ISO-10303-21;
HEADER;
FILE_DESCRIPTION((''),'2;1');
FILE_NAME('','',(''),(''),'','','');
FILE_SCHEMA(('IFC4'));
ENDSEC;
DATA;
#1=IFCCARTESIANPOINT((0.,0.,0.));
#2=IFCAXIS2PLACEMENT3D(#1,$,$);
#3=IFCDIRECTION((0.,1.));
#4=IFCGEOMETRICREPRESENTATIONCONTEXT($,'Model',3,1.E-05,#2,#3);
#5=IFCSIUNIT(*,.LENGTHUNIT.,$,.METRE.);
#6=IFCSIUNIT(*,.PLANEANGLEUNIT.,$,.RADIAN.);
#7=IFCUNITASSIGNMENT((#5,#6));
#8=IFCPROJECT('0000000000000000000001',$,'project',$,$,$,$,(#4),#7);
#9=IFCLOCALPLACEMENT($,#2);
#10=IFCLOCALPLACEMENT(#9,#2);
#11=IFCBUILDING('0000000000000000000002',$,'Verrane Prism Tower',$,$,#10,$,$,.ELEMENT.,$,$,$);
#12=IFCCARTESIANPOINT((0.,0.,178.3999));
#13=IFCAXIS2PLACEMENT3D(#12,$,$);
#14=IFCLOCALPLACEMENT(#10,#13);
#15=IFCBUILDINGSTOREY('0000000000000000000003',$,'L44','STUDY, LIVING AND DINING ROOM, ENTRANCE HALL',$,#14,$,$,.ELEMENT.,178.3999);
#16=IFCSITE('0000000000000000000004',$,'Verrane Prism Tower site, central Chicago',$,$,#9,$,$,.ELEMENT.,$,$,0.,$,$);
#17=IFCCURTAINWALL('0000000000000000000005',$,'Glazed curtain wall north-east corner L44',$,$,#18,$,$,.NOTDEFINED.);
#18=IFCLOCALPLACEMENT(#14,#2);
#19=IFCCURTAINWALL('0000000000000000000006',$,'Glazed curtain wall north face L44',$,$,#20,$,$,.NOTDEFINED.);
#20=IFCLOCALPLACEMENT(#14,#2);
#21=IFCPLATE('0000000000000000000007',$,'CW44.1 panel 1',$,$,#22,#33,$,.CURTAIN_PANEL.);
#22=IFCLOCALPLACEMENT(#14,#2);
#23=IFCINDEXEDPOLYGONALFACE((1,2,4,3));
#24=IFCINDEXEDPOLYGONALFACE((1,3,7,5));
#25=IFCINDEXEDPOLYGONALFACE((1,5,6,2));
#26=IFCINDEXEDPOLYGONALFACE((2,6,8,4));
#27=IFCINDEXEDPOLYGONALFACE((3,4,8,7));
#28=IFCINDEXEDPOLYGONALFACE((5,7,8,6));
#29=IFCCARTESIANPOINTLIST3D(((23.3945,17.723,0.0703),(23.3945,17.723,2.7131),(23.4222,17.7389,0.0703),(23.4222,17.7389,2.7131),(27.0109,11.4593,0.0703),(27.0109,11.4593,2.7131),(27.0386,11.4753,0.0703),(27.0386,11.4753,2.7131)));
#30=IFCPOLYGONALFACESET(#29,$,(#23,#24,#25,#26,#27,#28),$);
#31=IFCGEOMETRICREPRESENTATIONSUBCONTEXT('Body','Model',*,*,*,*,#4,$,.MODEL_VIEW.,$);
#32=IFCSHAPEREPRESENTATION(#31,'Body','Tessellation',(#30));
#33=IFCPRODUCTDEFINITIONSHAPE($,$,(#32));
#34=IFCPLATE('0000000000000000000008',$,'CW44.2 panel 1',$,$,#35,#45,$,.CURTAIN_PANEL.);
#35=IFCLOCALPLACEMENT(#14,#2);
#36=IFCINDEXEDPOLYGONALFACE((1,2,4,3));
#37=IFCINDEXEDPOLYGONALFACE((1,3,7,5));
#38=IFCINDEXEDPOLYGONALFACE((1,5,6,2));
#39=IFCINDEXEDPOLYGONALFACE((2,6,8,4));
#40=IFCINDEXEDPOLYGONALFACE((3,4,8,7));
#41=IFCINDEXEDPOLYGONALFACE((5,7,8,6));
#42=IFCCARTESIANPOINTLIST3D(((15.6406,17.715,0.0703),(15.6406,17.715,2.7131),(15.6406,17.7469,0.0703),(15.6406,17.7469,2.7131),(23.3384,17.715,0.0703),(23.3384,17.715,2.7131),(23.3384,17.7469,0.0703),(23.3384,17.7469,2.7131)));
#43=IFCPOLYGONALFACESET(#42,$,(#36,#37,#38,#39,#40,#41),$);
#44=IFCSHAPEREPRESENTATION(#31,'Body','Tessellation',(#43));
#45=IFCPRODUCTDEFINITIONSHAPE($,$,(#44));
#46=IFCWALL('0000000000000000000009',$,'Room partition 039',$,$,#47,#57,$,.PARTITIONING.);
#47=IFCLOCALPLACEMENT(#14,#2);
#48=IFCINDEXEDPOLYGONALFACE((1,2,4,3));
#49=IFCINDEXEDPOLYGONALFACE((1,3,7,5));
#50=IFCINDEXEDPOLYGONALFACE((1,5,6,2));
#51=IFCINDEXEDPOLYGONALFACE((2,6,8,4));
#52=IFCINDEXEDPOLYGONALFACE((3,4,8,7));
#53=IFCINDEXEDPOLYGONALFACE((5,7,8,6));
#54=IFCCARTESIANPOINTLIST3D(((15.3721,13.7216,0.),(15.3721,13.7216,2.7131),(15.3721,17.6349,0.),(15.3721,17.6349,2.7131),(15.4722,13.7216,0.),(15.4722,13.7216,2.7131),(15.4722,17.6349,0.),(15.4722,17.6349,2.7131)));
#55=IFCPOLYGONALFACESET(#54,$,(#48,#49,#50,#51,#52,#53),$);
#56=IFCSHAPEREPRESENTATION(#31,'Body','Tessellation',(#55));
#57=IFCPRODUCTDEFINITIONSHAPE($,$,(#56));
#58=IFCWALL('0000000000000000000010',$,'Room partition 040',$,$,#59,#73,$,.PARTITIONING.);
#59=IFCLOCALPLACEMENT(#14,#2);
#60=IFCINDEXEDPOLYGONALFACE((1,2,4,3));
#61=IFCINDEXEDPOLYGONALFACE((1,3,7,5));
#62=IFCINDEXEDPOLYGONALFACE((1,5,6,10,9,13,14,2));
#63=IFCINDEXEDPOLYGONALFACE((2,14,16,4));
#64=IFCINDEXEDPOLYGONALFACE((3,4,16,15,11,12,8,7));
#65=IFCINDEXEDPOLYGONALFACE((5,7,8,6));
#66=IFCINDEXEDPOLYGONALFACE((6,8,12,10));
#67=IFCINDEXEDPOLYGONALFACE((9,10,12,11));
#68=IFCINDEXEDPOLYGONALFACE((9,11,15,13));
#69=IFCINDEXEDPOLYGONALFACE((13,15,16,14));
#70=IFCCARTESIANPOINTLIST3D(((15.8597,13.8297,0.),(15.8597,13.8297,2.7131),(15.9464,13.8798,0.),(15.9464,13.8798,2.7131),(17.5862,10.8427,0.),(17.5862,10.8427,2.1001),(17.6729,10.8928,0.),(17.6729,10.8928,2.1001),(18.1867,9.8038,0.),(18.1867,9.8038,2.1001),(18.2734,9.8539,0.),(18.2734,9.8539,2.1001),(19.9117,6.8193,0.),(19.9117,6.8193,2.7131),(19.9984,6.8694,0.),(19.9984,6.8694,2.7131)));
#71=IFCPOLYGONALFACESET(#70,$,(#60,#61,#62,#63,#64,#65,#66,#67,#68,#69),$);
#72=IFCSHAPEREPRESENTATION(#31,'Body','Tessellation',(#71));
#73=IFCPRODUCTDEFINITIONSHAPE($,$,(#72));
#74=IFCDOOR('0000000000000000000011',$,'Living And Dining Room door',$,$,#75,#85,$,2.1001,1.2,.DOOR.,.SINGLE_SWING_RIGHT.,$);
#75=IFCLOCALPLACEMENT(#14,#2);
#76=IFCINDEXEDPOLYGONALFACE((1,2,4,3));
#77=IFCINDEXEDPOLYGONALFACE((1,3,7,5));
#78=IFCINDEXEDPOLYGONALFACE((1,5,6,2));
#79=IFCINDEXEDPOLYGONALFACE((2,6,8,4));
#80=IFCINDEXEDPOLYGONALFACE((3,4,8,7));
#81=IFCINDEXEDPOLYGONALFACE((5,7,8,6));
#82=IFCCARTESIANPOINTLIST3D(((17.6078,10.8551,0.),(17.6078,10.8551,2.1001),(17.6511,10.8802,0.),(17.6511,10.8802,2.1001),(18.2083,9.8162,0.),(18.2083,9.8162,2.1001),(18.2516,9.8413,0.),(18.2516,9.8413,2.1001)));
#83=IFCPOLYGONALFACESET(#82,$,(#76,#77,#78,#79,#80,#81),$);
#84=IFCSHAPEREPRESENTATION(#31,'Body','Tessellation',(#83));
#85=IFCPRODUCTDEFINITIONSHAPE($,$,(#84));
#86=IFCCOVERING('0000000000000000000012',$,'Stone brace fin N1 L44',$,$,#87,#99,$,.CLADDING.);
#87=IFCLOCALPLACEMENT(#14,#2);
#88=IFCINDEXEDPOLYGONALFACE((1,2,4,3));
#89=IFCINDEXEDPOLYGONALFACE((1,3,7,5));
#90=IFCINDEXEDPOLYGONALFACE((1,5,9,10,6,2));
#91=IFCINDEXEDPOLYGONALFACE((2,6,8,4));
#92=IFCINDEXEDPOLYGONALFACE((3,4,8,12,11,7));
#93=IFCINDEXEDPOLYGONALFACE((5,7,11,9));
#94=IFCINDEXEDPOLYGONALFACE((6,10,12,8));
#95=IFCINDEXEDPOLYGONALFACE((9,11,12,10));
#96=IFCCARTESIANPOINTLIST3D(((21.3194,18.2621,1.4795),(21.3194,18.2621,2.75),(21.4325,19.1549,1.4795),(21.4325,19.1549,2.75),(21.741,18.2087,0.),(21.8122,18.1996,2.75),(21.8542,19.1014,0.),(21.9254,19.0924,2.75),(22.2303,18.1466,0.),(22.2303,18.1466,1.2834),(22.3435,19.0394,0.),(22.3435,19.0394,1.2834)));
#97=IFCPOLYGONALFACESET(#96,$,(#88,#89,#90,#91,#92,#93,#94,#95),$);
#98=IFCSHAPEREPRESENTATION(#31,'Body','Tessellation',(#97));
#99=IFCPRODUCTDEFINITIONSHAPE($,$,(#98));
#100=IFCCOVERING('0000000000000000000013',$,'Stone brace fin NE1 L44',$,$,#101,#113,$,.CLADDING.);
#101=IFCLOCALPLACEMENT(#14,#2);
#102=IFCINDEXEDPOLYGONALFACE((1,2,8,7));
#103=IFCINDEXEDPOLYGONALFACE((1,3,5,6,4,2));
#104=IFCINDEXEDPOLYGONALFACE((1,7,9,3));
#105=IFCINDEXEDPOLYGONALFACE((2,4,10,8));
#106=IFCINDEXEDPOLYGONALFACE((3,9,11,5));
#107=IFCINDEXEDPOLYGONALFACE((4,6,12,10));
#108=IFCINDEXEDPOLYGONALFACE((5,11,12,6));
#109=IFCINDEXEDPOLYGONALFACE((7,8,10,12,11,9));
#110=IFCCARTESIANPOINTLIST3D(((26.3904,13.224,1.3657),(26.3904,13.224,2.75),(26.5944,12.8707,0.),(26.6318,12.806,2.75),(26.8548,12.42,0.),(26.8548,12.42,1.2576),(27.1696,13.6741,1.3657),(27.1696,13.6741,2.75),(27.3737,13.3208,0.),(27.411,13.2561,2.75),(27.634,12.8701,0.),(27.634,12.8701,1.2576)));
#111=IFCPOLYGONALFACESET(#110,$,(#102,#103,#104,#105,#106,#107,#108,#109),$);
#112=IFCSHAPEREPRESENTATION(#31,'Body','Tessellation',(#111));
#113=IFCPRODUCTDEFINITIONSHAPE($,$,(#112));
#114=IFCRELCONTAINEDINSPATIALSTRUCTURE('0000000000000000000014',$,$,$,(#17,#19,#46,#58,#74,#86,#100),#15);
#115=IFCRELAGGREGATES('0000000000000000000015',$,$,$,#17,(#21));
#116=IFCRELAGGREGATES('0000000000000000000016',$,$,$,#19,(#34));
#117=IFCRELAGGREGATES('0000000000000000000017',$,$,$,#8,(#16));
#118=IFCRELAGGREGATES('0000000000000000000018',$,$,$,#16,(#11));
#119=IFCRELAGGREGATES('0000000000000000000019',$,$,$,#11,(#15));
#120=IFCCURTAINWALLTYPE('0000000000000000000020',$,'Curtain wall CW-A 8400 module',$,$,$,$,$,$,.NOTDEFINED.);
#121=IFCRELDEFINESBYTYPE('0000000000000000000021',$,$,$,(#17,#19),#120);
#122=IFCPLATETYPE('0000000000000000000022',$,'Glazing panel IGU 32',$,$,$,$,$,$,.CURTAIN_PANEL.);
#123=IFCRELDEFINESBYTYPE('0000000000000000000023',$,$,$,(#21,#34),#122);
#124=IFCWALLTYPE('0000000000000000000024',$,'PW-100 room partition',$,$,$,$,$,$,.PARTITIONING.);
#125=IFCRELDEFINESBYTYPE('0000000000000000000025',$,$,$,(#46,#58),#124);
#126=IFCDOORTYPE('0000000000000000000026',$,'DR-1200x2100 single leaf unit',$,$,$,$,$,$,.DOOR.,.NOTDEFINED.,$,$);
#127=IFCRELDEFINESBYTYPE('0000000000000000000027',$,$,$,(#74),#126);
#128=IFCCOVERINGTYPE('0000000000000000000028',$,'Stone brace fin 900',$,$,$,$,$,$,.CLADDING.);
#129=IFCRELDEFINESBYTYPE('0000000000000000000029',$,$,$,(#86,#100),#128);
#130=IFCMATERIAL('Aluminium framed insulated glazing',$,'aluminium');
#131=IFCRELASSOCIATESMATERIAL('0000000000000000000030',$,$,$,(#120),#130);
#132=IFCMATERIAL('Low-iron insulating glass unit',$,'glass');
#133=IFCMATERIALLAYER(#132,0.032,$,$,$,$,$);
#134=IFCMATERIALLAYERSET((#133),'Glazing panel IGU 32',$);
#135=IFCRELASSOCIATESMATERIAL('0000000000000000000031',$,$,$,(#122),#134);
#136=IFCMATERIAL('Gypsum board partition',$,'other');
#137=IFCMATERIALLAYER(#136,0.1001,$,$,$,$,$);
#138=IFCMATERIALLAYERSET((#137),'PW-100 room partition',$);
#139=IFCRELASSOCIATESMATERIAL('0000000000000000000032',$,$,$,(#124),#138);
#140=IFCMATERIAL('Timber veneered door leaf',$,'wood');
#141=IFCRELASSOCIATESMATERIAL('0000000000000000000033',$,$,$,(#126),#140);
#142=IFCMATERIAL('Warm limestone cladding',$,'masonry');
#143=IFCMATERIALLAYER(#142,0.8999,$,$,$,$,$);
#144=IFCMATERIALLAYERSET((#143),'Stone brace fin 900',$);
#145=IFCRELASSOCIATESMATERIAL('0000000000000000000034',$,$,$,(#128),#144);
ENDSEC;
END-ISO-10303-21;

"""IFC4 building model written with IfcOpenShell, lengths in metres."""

from ifc_helpers import new_model, si_unit, direction, frame, frame_2d, origin, origin_2d, place, context, subcontext, project, spatial, polyline, rectangle, outline, extrude, material, layer, layer_set, type_object, element, fill, aggregate, save


model = new_model("IFC4")

# Units and contexts
model_context = context("Model", 3, precision=1e-05, world=origin(), true_north=direction((0.0, 1.0)))
body_context = subcontext(model_context, "Body", "Model", "MODEL_VIEW")
ifc_project = project(units=[si_unit("LENGTHUNIT", "METRE"), si_unit("PLANEANGLEUNIT", "RADIAN")], contexts=[model_context])

# Site, building, storey
site_placement = place(None, origin())
site = spatial("IfcSite", under=ifc_project, at=site_placement, Name="Verrane Prism Tower site, central Chicago", CompositionType="ELEMENT", RefElevation=0.0)
building_placement = place(site_placement, origin())
building = spatial("IfcBuilding", under=site, at=building_placement, Name="Verrane Prism Tower", CompositionType="ELEMENT")
storey_placement = place(building_placement, frame((0.0, 0.0, 178.3999)))
storey = spatial("IfcBuildingStorey", under=building, at=storey_placement, Name="L44", Description="STUDY, LIVING AND DINING ROOM, ENTRANCE HALL", CompositionType="ELEMENT", Elevation=178.3999)

# Curtain wall
ifc_material_1 = material(Name="Aluminium framed insulated glazing", Category="aluminium")
curtain_wall_type = type_object("IfcCurtainWallType", Name="Curtain wall CW-A 8400 module", PredefinedType="NOTDEFINED", material=ifc_material_1)
curtain_wall_1_placement = place(storey_placement, origin())
curtain_wall_1 = element("IfcCurtainWall", 1, at=curtain_wall_1_placement, inside=storey, type_object=curtain_wall_type, Name="Glazed curtain wall north-east corner L44", PredefinedType="NOTDEFINED")

# Curtain wall
curtain_wall_2_placement = place(storey_placement, origin())
curtain_wall_2 = element("IfcCurtainWall", 2, at=curtain_wall_2_placement, inside=storey, type_object=curtain_wall_type, Name="Glazed curtain wall north face L44", PredefinedType="NOTDEFINED")

# Plates
ifc_material_2 = material(Name="Low-iron insulating glass unit", Category="glass")
ifc_layer_1 = layer(ifc_material_2, 0.032)
ifc_layer_set_1 = layer_set([ifc_layer_1], Name="Glazing panel IGU 32")
plate_type = type_object("IfcPlateType", Name="Glazing panel IGU 32", PredefinedType="CURTAIN_PANEL", material=ifc_layer_set_1)
plate_1_placement = place(storey_placement, frame((25.2166, 14.5991, 0.0703), z_axis=(0.0, 0.0, 1.0), x_axis=(-0.500002, 0.866024, 0.0)))
plate_1 = element("IfcPlate", 3, at=plate_1_placement, type_object=plate_type, Name="CW44.1 panel 1", PredefinedType="CURTAIN_PANEL", context=body_context, shape_type="SweptSolid", body=[
    extrude(rectangle(XDim=7.2327, YDim=0.032, at=origin_2d()), origin(), (0.0, 0.0, 1.0), 2.6428),
])
aggregate(curtain_wall_1, [plate_1])
plate_2_placement = place(storey_placement, frame((19.4895, 17.731, 0.0703), z_axis=(0.0, 0.0, 1.0), x_axis=(-1.0, 0.0, 0.0)))
plate_2 = element("IfcPlate", 4, at=plate_2_placement, type_object=plate_type, Name="CW44.2 panel 1", PredefinedType="CURTAIN_PANEL", context=body_context, shape_type="SweptSolid", body=[
    extrude(rectangle(XDim=7.6978, YDim=0.032, at=origin_2d()), origin(), (0.0, 0.0, 1.0), 2.6428),
])
aggregate(curtain_wall_2, [plate_2])

# Wall
ifc_material_3 = material(Name="Gypsum board partition", Category="other")
ifc_layer_2 = layer(ifc_material_3, 0.1001)
ifc_layer_set_2 = layer_set([ifc_layer_2], Name="PW-100 room partition")
wall_type = type_object("IfcWallType", Name="PW-100 room partition", PredefinedType="PARTITIONING", material=ifc_layer_set_2)
wall_1_placement = place(storey_placement, frame((15.4221, 13.7217, 0.0), z_axis=(0.0, 0.0, 1.0), x_axis=(0.0, 1.0, 0.0)))
element("IfcWall", 5, at=wall_1_placement, inside=storey, type_object=wall_type, Name="Room partition 039", PredefinedType="PARTITIONING", context=body_context, shape_type="SweptSolid", body=[
    extrude(rectangle(XDim=3.9133, YDim=0.1001, at=frame_2d((1.9565, 0.0))), origin(), (0.0, 0.0, 1.0), 2.7131),
])

# Wall, opening, door
wall_2_placement = place(storey_placement, frame((15.9031, 13.8547, 0.0), z_axis=(0.0, 0.0, 1.0), x_axis=(0.500416, -0.865785, 0.0)))
wall_2 = element("IfcWall", 6, at=wall_2_placement, inside=storey, type_object=wall_type, Name="Room partition 040", PredefinedType="PARTITIONING", context=body_context, shape_type="SweptSolid", body=[
    extrude(rectangle(XDim=8.0972, YDim=0.1001, at=frame_2d((4.0486, 0.0))), origin(), (0.0, 0.0, 1.0), 2.7131),
])
opening_placement = place(wall_2_placement, frame((3.45, 0.0, 0.0)))
opening = element("IfcOpeningElement", 7, at=opening_placement, cuts=wall_2, PredefinedType="OPENING", context=body_context, shape_type="SweptSolid", body=[
    extrude(rectangle(XDim=1.2, YDim=2.1001, at=frame_2d((0.6001, 1.05))), frame((0.0, 0.0601, 0.0), z_axis=(0.0, -1.0, 0.0), x_axis=(1.0, 0.0, 0.0)), (0.0, 0.0, 1.0), 0.1201),
])
ifc_material_4 = material(Name="Timber veneered door leaf", Category="wood")
door_type = type_object("IfcDoorType", Name="DR-1200x2100 single leaf unit", OperationType="NOTDEFINED", PredefinedType="DOOR", material=ifc_material_4)
door_placement = place(opening_placement, origin())
door = element("IfcDoor", 8, at=door_placement, inside=storey, type_object=door_type, Name="Living And Dining Room door", OperationType="SINGLE_SWING_RIGHT", OverallHeight=2.1001, OverallWidth=1.2, PredefinedType="DOOR", context=body_context, shape_type="SweptSolid", body=[
    extrude(rectangle(XDim=1.2, YDim=2.1001, at=frame_2d((0.6001, 1.05))), frame((0.0, 0.0249, 0.0), z_axis=(0.0, -1.0, 0.0), x_axis=(1.0, 0.0, 0.0)), (0.0, 0.0, 1.0), 0.05),
])
fill(opening, door)

# Coverings
ifc_material_5 = material(Name="Warm limestone cladding", Category="masonry")
ifc_layer_3 = layer(ifc_material_5, 0.8999)
ifc_layer_set_3 = layer_set([ifc_layer_3], Name="Stone brace fin 900")
covering_type = type_object("IfcCoveringType", Name="Stone brace fin 900", PredefinedType="CLADDING", material=ifc_layer_set_3)
covering_1_placement = place(storey_placement, frame((22.2869, 18.593, 0.0), z_axis=(0.0, 0.0, 1.0), x_axis=(-0.99206, 0.125769, 0.0)))
element("IfcCovering", 9, at=covering_1_placement, inside=storey, type_object=covering_type, Name="Stone brace fin N1 L44", PredefinedType="CLADDING", context=body_context, shape_type="SweptSolid", body=[
    extrude(outline(polyline([(0.9182, 2.75), (0.4214, 2.75), (0.0, 1.2834), (0.0, 0.0), (0.4932, 0.0), (0.9182, 1.4795), (0.9182, 2.75)])), frame((0.0, 0.45, 0.0), z_axis=(0.0, -1.0, 0.0), x_axis=(1.0, 0.0, 0.0)), (0.0, 0.0, 1.0), 0.8999),
])
covering_2_placement = place(storey_placement, frame((27.2444, 12.645, 0.0), z_axis=(0.0, 0.0, 1.0), x_axis=(-0.500155, 0.865936, 0.0)))
element("IfcCovering", 10, at=covering_2_placement, inside=storey, type_object=covering_type, Name="Stone brace fin NE1 L44", PredefinedType="CLADDING", context=body_context, shape_type="SweptSolid", body=[
    extrude(outline(polyline([(0.9285, 2.75), (0.4458, 2.75), (0.0, 1.2576), (0.0, 0.0), (0.5205, 0.0), (0.9285, 1.3657), (0.9285, 2.75)])), frame((0.0, 0.45, 0.0), z_axis=(0.0, -1.0, 0.0), x_axis=(1.0, 0.0, 0.0)), (0.0, 0.0, 1.0), 0.8999),
])

save(model, "model.ifc")
